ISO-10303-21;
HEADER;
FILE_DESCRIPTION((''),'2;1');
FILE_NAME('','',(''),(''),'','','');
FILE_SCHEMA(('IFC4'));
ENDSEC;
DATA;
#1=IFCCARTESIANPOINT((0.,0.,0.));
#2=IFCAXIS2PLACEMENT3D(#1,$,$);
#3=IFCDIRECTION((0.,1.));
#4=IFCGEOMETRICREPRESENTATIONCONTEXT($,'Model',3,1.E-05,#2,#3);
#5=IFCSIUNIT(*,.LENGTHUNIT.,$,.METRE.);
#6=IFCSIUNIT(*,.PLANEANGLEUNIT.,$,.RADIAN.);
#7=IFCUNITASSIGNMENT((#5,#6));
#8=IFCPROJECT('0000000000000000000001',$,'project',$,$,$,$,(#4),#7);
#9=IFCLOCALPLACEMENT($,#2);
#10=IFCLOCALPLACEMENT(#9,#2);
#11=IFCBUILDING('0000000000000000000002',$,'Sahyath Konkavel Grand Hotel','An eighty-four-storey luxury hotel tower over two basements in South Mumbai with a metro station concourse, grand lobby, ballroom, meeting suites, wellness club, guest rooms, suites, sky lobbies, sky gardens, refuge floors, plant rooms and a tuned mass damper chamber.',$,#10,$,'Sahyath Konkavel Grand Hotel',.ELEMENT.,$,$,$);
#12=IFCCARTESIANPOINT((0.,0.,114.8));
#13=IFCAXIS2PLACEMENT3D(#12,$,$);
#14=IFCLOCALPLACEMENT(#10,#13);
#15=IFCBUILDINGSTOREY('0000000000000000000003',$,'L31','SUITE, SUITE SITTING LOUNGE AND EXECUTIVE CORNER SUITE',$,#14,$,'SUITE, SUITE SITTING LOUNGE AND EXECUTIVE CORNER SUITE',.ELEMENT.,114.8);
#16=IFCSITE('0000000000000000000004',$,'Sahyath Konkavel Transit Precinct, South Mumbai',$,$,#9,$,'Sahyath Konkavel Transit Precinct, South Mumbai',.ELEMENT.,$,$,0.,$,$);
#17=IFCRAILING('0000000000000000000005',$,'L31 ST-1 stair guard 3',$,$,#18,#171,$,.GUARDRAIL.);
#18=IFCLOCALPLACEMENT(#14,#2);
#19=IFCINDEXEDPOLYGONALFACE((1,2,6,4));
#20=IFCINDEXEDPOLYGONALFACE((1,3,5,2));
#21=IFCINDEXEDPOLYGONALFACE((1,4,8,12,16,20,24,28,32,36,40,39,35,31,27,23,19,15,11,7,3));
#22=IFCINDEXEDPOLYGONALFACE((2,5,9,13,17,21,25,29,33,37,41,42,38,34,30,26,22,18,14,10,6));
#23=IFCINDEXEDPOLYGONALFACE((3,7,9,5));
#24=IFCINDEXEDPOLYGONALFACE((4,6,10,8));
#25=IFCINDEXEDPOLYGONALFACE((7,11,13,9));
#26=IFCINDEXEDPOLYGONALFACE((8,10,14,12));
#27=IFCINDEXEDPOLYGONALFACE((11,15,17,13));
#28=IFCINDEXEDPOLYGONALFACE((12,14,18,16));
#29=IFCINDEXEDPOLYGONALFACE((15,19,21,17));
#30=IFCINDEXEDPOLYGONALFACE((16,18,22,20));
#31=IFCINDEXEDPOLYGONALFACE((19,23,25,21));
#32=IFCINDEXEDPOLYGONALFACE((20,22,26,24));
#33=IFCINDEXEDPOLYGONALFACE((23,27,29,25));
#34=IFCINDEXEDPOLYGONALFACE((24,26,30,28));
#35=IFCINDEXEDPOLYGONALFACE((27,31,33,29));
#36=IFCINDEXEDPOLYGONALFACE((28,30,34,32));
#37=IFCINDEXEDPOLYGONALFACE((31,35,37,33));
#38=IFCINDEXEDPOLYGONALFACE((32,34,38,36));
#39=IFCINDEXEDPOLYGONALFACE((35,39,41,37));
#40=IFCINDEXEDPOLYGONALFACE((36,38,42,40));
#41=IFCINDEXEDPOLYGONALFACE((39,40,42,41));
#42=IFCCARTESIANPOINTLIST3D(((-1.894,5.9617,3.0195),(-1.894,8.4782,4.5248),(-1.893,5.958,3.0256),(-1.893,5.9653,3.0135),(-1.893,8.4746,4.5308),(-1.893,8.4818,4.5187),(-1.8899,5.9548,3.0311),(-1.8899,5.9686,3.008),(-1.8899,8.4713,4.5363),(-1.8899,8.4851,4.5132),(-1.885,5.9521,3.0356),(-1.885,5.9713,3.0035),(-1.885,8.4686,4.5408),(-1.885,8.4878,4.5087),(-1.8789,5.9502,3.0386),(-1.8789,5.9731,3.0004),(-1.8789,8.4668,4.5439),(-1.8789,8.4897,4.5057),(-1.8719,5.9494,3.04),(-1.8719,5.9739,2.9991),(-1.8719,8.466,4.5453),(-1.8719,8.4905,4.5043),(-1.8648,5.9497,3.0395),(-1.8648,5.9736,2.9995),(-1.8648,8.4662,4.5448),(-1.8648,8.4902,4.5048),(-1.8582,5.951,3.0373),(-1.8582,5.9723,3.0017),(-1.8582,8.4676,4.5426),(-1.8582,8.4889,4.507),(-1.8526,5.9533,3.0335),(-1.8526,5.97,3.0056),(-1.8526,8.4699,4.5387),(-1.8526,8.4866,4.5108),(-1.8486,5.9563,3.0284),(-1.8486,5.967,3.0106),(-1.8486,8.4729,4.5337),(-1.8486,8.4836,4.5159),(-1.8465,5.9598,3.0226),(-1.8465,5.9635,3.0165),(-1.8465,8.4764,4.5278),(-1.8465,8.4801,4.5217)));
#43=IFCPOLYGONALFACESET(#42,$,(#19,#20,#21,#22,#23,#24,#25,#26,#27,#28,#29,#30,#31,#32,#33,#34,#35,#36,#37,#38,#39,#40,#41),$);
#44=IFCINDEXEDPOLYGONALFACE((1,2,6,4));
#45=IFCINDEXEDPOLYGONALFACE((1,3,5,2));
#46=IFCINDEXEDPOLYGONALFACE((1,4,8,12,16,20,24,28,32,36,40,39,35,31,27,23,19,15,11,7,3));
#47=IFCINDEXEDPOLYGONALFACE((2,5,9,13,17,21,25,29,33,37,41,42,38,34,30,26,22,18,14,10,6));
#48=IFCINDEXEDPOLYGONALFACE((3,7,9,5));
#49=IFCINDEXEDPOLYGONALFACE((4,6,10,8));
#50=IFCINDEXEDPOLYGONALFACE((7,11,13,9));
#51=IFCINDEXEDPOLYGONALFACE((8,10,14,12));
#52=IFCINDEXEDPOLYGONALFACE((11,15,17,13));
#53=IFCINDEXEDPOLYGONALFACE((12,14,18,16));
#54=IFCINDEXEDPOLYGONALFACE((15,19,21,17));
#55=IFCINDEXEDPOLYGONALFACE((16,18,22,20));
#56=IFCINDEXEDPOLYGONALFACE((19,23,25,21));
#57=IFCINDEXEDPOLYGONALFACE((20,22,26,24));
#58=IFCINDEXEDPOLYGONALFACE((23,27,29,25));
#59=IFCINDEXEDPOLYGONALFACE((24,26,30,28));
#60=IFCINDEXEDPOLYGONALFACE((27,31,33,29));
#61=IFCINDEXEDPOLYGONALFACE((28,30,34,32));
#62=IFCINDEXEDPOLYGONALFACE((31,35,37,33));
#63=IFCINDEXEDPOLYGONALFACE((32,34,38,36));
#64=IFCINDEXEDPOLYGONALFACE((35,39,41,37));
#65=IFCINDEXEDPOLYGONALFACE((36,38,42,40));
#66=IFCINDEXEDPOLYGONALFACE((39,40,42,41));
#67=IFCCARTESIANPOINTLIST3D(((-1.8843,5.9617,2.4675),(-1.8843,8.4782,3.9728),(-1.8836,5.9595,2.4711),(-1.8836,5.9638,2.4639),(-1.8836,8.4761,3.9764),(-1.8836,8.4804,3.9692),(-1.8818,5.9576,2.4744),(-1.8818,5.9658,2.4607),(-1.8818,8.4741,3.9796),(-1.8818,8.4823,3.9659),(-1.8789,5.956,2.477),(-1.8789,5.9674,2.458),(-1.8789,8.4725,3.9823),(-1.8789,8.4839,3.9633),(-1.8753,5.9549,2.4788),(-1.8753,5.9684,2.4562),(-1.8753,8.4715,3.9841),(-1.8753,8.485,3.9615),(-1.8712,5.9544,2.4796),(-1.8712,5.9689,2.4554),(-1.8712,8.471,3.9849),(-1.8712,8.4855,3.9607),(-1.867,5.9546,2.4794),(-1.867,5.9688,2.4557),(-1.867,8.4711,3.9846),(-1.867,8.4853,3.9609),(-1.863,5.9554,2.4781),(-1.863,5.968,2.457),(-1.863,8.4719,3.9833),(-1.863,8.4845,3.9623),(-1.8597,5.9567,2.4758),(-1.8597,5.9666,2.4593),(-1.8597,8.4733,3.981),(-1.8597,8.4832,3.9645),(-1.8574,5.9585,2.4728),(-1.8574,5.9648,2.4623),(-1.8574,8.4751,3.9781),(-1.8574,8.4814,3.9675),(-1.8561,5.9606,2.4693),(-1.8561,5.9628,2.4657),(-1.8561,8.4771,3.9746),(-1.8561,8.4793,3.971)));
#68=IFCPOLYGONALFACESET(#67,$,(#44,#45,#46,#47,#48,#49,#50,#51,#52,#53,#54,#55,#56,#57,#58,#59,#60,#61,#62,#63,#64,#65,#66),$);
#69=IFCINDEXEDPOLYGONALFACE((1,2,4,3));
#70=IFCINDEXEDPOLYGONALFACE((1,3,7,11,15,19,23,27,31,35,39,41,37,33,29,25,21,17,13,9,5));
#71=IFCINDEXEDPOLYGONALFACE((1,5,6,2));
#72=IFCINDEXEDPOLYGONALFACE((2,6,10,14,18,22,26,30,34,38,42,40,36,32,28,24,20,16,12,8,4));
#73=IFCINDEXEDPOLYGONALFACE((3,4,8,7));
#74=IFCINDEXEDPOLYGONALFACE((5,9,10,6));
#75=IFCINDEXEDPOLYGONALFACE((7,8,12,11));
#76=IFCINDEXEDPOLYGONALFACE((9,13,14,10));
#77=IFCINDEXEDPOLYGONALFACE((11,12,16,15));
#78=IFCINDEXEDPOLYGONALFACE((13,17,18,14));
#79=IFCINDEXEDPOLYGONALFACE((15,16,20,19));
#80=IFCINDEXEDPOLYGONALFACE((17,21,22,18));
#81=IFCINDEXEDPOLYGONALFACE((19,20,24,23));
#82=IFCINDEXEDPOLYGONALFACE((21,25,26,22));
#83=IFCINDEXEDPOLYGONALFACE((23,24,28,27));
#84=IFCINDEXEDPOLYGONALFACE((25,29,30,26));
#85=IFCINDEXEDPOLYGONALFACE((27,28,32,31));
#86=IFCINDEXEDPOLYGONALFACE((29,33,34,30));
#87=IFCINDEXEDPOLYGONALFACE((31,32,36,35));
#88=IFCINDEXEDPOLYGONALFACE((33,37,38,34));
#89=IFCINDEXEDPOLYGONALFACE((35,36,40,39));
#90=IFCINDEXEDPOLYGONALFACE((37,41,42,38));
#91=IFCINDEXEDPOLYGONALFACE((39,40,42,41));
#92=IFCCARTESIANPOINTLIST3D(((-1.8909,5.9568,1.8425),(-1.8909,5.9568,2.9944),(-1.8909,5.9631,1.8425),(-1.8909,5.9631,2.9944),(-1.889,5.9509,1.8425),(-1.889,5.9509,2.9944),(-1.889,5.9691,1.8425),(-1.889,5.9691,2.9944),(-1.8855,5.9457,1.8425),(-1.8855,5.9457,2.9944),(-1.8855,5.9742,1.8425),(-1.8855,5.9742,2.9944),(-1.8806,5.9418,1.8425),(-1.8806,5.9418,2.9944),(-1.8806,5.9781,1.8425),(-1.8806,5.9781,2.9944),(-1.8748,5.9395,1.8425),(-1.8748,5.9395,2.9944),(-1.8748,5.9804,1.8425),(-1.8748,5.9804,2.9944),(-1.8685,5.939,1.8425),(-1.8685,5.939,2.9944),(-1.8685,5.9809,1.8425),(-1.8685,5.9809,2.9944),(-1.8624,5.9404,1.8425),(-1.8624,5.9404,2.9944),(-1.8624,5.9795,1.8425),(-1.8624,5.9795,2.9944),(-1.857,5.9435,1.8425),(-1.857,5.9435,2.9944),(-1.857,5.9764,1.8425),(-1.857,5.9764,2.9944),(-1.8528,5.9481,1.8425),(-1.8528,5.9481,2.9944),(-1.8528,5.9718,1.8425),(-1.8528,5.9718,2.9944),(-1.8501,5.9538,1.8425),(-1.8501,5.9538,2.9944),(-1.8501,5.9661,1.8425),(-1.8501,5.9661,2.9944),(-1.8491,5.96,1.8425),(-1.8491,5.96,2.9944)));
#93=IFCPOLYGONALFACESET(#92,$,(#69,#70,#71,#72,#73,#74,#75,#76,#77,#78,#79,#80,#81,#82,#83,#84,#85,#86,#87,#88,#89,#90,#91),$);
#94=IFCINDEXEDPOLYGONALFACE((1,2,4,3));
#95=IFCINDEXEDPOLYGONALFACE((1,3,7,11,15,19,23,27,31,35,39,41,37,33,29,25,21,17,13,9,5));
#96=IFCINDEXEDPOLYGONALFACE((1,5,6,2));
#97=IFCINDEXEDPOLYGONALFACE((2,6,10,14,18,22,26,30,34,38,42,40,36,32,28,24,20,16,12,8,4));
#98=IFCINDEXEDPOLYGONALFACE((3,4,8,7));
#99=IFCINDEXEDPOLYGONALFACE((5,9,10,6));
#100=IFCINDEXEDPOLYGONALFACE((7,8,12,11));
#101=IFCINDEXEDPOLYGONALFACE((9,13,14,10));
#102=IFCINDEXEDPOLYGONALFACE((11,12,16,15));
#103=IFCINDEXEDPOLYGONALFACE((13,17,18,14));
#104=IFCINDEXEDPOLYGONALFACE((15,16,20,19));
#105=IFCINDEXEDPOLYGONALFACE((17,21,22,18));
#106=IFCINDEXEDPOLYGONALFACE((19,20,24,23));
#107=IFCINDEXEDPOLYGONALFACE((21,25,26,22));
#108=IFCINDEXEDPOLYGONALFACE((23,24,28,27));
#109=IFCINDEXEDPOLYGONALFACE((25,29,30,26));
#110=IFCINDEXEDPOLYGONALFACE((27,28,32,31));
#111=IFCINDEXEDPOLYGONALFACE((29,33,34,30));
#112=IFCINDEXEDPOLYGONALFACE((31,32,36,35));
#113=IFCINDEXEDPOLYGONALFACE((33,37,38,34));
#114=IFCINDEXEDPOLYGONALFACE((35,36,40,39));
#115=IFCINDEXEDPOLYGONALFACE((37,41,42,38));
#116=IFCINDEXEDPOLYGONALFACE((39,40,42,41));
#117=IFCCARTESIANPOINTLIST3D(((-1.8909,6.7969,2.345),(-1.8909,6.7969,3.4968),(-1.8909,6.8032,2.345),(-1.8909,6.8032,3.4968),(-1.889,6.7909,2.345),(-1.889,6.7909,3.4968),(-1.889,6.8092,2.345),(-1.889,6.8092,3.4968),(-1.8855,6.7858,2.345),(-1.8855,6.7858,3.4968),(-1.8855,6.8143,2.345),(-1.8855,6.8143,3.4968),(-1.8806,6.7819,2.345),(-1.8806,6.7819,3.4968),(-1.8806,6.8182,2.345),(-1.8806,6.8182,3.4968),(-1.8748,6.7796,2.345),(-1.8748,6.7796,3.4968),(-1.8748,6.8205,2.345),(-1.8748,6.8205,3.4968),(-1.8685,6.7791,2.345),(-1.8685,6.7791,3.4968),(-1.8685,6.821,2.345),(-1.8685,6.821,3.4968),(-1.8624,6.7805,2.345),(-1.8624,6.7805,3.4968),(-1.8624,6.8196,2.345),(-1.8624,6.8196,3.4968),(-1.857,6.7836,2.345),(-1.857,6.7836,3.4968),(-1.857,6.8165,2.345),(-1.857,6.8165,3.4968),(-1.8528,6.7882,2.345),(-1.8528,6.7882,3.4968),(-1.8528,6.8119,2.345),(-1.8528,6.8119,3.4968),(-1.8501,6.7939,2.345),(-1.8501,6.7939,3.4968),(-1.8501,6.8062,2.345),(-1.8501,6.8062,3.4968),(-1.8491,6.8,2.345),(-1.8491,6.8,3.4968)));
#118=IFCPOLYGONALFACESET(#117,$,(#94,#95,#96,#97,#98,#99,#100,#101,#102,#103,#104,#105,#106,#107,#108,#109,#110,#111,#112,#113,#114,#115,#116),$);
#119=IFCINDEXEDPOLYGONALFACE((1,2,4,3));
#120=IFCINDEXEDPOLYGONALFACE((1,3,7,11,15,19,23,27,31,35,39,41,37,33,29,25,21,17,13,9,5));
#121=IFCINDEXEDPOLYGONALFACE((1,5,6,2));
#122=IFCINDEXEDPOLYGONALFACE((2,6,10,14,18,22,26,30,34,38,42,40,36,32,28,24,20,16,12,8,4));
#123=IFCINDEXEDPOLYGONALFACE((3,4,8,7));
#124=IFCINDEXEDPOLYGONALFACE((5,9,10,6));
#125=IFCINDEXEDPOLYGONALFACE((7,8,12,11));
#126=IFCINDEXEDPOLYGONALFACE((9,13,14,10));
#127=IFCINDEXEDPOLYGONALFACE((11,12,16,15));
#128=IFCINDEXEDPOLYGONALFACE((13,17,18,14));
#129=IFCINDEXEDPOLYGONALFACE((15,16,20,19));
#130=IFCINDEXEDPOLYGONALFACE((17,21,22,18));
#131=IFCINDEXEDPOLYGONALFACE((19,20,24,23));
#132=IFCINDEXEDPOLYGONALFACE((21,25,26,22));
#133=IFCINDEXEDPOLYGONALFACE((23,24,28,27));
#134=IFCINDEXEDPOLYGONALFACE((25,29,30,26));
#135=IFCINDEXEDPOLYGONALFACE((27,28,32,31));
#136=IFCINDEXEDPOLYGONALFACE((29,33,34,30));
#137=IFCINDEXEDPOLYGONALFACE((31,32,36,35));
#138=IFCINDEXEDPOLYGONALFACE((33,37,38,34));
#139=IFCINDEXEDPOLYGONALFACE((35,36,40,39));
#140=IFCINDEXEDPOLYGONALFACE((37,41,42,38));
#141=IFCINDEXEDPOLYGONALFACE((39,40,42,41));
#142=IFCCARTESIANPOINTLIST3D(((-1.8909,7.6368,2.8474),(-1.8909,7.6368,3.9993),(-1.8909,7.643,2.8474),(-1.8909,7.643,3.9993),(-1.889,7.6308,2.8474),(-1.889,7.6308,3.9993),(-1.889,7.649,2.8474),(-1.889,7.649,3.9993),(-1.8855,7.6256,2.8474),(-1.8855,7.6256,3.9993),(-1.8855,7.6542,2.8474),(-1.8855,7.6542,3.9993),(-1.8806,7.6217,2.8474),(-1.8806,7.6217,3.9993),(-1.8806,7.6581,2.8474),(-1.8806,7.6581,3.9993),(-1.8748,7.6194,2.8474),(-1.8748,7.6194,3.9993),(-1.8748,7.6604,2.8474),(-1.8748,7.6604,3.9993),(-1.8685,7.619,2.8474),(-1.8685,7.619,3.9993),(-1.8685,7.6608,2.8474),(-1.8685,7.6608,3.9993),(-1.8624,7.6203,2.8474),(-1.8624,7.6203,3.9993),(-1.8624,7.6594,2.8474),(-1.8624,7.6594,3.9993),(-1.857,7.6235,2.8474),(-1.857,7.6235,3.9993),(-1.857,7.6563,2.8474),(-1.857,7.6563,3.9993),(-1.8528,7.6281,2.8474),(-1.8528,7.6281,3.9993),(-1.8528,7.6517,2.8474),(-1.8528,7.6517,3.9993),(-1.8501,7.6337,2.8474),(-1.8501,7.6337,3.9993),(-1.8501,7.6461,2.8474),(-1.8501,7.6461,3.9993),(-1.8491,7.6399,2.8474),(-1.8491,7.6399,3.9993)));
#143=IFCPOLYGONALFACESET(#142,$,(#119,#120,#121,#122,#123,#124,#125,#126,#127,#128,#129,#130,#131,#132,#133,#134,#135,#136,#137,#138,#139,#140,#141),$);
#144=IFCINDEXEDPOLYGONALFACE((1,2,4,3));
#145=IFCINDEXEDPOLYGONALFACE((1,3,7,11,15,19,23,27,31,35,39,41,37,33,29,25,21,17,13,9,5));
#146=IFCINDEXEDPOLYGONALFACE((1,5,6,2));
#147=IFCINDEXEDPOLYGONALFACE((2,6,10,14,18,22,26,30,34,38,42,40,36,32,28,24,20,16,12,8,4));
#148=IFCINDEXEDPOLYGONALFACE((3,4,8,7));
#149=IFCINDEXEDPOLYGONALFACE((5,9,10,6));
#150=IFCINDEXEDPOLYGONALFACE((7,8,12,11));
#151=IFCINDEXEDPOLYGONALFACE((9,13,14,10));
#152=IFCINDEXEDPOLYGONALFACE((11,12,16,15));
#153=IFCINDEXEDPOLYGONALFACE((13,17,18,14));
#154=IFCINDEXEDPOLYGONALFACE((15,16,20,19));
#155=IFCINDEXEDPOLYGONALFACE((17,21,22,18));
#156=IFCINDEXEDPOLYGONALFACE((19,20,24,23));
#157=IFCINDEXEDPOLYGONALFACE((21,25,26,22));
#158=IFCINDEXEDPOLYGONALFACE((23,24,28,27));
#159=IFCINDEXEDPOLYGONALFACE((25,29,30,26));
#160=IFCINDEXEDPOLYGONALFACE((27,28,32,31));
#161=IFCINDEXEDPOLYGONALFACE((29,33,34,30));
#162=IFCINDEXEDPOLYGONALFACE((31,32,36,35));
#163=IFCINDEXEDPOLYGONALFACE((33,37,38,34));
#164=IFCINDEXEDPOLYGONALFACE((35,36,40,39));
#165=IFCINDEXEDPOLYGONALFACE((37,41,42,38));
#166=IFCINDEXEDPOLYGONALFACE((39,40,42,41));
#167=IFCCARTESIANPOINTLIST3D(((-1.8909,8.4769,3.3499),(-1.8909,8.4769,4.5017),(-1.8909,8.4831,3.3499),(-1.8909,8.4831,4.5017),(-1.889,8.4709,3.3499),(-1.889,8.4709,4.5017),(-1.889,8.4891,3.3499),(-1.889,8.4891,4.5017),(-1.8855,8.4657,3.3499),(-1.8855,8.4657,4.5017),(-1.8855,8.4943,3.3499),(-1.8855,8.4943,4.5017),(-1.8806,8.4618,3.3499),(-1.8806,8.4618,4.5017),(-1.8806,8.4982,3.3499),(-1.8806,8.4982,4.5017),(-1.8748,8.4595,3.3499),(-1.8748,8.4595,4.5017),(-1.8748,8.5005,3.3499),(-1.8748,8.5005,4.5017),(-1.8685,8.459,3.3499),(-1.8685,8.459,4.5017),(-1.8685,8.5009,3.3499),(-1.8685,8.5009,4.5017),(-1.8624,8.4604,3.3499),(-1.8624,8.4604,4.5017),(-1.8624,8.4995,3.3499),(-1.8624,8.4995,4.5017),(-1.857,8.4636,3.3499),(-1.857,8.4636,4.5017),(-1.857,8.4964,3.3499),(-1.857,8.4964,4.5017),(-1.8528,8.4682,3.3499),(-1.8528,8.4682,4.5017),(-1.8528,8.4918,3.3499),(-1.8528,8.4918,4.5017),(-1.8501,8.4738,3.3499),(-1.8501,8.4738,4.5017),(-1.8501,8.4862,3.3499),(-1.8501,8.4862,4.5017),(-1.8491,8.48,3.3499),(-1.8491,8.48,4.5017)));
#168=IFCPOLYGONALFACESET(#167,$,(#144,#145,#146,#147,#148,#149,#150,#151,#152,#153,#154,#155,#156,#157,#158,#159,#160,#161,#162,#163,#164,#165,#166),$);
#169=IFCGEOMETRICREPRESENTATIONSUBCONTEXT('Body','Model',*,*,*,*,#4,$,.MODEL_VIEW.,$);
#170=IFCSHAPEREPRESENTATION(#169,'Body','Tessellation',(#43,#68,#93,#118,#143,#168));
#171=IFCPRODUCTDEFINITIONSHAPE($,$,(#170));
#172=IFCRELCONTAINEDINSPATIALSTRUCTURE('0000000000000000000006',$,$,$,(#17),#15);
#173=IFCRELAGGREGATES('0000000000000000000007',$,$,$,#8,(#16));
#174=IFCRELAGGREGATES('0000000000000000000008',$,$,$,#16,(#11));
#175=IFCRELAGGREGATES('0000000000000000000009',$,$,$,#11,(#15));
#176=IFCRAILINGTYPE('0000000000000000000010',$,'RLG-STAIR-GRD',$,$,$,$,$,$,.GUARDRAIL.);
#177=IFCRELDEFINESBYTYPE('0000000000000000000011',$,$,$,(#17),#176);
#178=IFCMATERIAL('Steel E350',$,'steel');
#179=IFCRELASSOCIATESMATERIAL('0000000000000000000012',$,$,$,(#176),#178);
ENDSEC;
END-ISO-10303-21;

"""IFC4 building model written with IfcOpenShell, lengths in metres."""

from ifc_helpers import new_model, si_unit, direction, frame, origin, origin_2d, place, context, subcontext, project, spatial, circle, extrude, material, type_object, element, save


model = new_model("IFC4")

# Units and contexts
model_context = context("Model", 3, precision=1e-05, world=origin(), true_north=direction((0.0, 1.0)))
body_context = subcontext(model_context, "Body", "Model", "MODEL_VIEW")
ifc_project = project(units=[si_unit("LENGTHUNIT", "METRE"), si_unit("PLANEANGLEUNIT", "RADIAN")], contexts=[model_context])

# Site, building, storey
site_placement = place(None, origin())
site = spatial("IfcSite", under=ifc_project, at=site_placement, Name="Sahyath Konkavel Transit Precinct, South Mumbai", LongName="Sahyath Konkavel Transit Precinct, South Mumbai", CompositionType="ELEMENT", RefElevation=0.0)
building_placement = place(site_placement, origin())
building = spatial("IfcBuilding", under=site, at=building_placement, Name="Sahyath Konkavel Grand Hotel", Description="An eighty-four-storey luxury hotel tower over two basements in South Mumbai with a metro station concourse, grand lobby, ballroom, meeting suites, wellness club, guest rooms, suites, sky lobbies, sky gardens, refuge floors, plant rooms and a tuned mass damper chamber.", LongName="Sahyath Konkavel Grand Hotel", CompositionType="ELEMENT")
storey_placement = place(building_placement, frame((0.0, 0.0, 114.8)))
storey = spatial("IfcBuildingStorey", under=building, at=storey_placement, Name="L31", Description="SUITE, SUITE SITTING LOUNGE AND EXECUTIVE CORNER SUITE", LongName="SUITE, SUITE SITTING LOUNGE AND EXECUTIVE CORNER SUITE", CompositionType="ELEMENT", Elevation=114.8)

# Shared definitions
ifc_material_1 = material(Name="Steel E350", Category="steel")

# Railing
railing_type_1 = type_object("IfcRailingType", Name="RLG-STAIR-GRD", PredefinedType="GUARDRAIL", material=ifc_material_1)
railing_1_placement = place(storey_placement, frame((-1.8701, 5.96, 1.8425)))
element("IfcRailing", 1, at=railing_1_placement, inside=storey, type_object=railing_type_1, Name="L31 ST-1 stair guard 3", PredefinedType="GUARDRAIL", context=body_context, shape_type="SweptSolid", body=[
    extrude(circle(Radius=0.0239, at=origin_2d()), frame((0.0, 0.0017, 1.177), z_axis=(0.0, 0.858196, 0.513321), x_axis=(-1.0, 0.0, 0.0)), (0.0, 0.0, 1.0), 2.9324),
    extrude(circle(Radius=0.0142, at=origin_2d()), frame((0.0, 0.0017, 0.625), z_axis=(0.0, 0.858196, 0.513321), x_axis=(-1.0, 0.0, 0.0)), (0.0, 0.0, 1.0), 2.9324),
    extrude(circle(Radius=0.021, at=origin_2d()), origin(), (0.0, 0.0, 1.0), 1.1519),
    extrude(circle(Radius=0.021, at=origin_2d()), frame((0.0, 0.8401, 0.5024)), (0.0, 0.0, 1.0), 1.1519),
    extrude(circle(Radius=0.021, at=origin_2d()), frame((0.0, 1.6799, 1.0049)), (0.0, 0.0, 1.0), 1.1519),
    extrude(circle(Radius=0.021, at=origin_2d()), frame((0.0, 2.52, 1.5073)), (0.0, 0.0, 1.0), 1.1519),
])

save(model, "model.ifc")
